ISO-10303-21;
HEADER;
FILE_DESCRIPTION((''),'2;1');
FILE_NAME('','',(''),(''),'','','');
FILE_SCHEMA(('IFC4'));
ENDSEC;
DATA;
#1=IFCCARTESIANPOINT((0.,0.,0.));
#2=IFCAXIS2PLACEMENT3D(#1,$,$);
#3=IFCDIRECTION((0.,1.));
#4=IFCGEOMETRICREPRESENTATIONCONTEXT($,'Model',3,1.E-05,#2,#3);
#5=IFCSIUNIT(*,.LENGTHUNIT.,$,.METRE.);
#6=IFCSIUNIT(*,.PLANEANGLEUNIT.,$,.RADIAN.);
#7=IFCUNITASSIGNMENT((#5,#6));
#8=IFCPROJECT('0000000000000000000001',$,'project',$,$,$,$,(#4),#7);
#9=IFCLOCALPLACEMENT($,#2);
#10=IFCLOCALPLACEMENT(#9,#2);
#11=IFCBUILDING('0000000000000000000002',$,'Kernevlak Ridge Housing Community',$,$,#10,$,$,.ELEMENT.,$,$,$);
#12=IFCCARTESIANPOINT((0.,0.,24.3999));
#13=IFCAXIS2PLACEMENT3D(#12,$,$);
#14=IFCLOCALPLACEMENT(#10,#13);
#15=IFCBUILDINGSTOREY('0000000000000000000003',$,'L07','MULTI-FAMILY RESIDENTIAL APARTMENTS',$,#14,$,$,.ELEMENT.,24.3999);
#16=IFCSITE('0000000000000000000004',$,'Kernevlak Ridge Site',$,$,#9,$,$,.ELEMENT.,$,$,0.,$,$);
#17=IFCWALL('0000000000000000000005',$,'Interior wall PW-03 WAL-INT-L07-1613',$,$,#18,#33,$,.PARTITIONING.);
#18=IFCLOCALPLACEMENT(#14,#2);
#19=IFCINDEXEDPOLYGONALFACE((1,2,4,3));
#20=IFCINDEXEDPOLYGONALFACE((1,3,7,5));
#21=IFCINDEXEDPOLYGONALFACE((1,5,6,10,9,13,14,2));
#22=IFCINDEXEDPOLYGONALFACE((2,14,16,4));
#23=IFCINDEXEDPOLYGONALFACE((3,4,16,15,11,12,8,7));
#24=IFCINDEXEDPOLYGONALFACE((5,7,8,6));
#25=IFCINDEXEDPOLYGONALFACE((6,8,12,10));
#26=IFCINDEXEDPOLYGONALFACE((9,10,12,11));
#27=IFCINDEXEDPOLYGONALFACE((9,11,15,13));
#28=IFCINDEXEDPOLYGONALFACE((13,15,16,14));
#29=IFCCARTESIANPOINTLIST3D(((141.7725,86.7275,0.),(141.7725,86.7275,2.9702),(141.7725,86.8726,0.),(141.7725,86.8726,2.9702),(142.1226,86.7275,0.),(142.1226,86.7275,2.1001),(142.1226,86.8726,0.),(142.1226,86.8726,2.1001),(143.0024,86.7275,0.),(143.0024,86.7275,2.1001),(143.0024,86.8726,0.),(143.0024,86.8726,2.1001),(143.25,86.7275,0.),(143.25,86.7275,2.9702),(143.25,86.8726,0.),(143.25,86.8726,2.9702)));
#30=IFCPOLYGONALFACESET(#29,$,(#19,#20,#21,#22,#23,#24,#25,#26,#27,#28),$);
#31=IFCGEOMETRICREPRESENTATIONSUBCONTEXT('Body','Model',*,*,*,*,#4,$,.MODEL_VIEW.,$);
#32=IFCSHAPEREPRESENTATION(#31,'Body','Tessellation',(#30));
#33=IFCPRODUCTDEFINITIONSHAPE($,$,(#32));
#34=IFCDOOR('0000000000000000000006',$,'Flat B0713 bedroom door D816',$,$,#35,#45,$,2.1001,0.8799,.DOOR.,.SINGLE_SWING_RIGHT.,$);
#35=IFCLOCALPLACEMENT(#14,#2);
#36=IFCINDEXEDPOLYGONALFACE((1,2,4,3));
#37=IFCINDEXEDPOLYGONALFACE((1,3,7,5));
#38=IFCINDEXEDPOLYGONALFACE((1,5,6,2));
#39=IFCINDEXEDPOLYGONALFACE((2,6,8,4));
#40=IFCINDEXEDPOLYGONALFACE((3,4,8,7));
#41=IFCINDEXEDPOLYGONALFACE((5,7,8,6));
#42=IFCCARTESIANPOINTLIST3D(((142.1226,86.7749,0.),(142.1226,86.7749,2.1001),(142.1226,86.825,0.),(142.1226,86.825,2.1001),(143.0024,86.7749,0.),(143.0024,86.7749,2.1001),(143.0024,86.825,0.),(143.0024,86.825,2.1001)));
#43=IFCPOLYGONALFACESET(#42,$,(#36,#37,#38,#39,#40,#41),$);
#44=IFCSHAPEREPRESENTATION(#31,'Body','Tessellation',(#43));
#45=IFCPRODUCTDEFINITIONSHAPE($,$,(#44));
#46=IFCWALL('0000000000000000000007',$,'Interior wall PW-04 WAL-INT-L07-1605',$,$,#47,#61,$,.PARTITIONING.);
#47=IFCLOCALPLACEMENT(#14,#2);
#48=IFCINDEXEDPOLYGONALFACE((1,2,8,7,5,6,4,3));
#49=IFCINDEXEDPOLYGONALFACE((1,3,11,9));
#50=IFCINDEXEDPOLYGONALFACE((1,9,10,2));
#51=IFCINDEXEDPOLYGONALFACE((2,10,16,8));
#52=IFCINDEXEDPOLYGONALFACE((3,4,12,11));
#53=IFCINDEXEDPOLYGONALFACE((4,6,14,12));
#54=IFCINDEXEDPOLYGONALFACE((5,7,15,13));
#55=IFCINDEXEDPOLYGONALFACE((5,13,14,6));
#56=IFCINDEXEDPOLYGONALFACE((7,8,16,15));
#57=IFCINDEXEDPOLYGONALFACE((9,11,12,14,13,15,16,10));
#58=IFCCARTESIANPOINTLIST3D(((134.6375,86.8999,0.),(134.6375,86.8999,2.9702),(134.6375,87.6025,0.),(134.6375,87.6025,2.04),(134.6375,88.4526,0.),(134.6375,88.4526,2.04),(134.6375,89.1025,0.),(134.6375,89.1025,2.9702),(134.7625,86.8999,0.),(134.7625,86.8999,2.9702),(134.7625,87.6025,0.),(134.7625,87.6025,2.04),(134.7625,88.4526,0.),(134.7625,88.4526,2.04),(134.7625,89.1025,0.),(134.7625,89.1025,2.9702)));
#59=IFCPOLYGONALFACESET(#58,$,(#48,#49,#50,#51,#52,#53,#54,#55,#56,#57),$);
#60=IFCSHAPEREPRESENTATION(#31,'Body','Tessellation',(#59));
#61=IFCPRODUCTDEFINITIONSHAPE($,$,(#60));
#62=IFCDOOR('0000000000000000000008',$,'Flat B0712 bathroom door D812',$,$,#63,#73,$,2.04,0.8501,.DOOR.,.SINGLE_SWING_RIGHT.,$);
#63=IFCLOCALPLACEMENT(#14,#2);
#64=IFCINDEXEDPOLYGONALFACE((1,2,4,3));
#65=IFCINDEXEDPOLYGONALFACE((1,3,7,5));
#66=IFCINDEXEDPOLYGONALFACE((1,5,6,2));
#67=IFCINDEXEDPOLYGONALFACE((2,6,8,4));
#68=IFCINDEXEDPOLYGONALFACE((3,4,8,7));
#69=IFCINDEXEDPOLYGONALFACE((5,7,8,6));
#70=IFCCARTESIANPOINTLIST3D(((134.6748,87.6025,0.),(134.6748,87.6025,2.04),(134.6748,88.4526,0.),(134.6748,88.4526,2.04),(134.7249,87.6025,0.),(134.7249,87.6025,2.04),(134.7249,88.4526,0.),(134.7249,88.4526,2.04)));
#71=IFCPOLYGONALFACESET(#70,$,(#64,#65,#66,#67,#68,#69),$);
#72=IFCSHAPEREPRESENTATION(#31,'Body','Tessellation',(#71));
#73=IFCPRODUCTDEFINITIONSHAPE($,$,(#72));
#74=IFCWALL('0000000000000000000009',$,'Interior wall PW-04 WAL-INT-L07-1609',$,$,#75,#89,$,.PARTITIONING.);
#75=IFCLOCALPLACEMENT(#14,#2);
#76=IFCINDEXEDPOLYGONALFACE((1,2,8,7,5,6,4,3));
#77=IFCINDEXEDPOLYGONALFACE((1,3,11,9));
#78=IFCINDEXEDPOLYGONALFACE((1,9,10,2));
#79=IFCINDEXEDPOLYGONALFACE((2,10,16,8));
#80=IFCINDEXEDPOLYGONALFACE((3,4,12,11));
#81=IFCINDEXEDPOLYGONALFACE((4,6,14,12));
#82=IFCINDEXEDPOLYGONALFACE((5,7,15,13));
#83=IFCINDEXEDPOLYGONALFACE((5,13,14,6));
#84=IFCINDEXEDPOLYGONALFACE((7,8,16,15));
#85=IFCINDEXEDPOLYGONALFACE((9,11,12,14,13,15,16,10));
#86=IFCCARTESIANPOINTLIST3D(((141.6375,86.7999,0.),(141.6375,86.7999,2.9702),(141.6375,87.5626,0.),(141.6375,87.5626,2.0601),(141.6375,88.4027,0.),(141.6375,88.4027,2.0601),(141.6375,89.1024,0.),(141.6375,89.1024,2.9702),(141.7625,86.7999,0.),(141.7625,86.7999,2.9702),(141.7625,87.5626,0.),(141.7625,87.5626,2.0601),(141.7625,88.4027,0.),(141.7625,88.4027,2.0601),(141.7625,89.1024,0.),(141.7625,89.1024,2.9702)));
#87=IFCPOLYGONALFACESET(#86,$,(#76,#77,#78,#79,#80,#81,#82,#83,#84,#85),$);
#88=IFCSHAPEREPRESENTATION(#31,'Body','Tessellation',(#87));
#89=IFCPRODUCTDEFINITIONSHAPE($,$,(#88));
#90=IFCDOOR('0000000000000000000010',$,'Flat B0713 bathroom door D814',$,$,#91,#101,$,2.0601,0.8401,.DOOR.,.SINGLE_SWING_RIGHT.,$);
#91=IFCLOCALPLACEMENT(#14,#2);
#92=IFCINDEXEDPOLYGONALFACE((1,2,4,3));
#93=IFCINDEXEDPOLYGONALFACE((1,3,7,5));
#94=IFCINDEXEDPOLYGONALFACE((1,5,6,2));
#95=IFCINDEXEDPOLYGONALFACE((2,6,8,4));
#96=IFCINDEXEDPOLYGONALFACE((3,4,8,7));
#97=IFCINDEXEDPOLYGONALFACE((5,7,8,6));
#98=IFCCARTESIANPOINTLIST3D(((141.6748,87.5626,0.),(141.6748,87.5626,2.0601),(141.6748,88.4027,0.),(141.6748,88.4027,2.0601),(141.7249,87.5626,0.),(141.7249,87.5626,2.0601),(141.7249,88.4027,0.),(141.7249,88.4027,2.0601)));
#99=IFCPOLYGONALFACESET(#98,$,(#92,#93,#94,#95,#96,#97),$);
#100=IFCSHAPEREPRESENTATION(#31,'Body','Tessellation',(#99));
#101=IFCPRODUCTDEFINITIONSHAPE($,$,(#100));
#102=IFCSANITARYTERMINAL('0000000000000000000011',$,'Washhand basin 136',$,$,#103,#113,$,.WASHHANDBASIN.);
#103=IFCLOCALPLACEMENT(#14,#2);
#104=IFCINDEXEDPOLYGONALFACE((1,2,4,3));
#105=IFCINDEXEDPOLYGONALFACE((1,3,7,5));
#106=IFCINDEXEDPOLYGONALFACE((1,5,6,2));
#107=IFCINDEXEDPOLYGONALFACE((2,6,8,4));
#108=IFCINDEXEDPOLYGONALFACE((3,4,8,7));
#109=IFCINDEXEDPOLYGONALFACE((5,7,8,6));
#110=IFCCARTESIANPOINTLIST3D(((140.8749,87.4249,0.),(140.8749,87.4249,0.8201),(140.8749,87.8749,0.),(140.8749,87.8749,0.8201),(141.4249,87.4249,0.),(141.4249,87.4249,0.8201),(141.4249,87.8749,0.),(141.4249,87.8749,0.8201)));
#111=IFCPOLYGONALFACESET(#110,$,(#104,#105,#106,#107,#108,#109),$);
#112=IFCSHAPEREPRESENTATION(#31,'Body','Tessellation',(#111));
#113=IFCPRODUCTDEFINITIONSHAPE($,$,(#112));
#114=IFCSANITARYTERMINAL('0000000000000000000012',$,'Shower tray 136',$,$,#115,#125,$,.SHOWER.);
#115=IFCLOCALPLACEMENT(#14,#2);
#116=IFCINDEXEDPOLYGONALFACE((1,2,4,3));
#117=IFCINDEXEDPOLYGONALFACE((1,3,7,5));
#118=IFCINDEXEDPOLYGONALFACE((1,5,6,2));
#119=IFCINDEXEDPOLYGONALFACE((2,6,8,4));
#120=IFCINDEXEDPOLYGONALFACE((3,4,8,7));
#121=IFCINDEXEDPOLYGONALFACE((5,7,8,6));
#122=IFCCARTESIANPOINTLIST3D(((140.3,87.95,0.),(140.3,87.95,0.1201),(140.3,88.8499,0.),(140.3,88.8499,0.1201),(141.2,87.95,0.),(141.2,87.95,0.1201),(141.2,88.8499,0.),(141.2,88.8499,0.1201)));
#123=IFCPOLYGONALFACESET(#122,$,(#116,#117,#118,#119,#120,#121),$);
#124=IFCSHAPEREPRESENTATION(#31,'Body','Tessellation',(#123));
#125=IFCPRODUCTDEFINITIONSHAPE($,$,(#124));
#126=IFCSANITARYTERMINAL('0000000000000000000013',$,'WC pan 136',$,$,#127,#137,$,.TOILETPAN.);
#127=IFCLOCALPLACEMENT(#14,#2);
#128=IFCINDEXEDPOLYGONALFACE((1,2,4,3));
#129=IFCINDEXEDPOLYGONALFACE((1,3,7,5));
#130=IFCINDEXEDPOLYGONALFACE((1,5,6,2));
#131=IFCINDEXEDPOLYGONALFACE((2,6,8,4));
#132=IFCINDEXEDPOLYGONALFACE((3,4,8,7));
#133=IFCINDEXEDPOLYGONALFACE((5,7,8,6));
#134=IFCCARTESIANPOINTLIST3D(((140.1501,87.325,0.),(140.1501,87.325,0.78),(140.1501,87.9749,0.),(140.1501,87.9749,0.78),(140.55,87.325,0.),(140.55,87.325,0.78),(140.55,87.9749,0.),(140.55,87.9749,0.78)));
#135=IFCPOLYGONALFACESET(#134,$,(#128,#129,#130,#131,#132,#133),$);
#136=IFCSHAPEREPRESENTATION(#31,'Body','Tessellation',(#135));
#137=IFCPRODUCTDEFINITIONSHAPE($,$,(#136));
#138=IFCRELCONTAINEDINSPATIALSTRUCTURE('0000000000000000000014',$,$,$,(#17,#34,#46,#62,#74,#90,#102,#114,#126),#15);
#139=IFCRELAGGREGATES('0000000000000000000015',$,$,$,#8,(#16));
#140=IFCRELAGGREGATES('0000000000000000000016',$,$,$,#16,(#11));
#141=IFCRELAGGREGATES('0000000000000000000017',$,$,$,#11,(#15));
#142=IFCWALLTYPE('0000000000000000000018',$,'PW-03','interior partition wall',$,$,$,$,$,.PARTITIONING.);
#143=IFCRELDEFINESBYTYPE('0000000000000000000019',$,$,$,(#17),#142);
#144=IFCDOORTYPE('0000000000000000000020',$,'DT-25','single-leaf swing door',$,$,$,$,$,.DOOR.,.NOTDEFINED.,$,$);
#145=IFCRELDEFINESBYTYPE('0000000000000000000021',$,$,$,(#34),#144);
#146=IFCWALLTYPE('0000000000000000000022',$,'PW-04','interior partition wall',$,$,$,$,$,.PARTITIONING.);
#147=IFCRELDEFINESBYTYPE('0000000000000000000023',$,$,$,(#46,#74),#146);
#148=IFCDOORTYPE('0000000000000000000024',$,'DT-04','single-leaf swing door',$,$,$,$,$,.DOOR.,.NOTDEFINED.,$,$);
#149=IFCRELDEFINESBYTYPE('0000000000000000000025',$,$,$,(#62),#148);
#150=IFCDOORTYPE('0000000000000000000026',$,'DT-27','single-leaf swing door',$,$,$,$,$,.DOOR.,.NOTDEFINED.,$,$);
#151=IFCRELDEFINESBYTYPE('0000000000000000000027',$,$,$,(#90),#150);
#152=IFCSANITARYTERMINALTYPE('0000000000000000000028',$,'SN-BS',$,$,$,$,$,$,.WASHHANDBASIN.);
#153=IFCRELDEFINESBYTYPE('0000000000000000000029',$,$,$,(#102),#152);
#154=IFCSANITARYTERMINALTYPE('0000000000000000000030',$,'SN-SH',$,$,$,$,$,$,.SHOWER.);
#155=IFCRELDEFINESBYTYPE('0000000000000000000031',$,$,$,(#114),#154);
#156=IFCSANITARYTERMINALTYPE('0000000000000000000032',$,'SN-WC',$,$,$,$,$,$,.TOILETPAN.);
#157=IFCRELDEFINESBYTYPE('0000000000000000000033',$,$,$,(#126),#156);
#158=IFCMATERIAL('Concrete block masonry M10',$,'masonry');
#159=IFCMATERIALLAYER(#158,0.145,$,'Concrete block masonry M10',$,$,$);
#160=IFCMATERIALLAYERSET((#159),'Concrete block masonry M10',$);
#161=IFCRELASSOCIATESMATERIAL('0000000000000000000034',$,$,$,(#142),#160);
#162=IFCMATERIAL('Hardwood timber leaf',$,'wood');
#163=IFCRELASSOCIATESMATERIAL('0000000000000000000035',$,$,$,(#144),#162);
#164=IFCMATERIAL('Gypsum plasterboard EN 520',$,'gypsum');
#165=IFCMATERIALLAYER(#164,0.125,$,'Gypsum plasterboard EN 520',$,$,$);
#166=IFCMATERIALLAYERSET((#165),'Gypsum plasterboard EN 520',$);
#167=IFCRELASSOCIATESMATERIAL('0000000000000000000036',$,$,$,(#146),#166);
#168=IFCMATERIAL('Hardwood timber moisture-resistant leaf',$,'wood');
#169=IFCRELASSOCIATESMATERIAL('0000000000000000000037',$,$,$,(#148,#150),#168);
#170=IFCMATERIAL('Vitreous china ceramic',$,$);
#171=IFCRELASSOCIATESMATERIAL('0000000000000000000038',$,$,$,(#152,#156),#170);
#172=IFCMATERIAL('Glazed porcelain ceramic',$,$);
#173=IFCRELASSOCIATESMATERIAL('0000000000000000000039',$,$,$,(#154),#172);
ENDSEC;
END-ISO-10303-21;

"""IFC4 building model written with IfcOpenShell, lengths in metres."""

from ifc_helpers import new_model, si_unit, direction, frame, frame_2d, origin, origin_2d, place, context, subcontext, project, spatial, rectangle, extrude, material, layer, layer_set, type_object, element, fill, save


model = new_model("IFC4")

# Units and contexts
model_context = context("Model", 3, precision=1e-05, world=origin(), true_north=direction((0.0, 1.0)))
body_context = subcontext(model_context, "Body", "Model", "MODEL_VIEW")
ifc_project = project(units=[si_unit("LENGTHUNIT", "METRE"), si_unit("PLANEANGLEUNIT", "RADIAN")], contexts=[model_context])

# Site, building, storey
site_placement = place(None, origin())
site = spatial("IfcSite", under=ifc_project, at=site_placement, Name="Kernevlak Ridge Site", CompositionType="ELEMENT", RefElevation=0.0)
building_placement = place(site_placement, origin())
building = spatial("IfcBuilding", under=site, at=building_placement, Name="Kernevlak Ridge Housing Community", CompositionType="ELEMENT")
storey_placement = place(building_placement, frame((0.0, 0.0, 24.3999)))
storey = spatial("IfcBuildingStorey", under=building, at=storey_placement, Name="L07", Description="MULTI-FAMILY RESIDENTIAL APARTMENTS", CompositionType="ELEMENT", Elevation=24.3999)

# Shared definitions
ifc_material_1 = material(Name="Concrete block masonry M10", Category="masonry")

# Walls, openings, doors
ifc_layer_1 = layer(ifc_material_1, 0.145, Name="Concrete block masonry M10")
ifc_layer_set_1 = layer_set([ifc_layer_1], Name="Concrete block masonry M10")
wall_type_1 = type_object("IfcWallType", Name="PW-03", Description="interior partition wall", PredefinedType="PARTITIONING", material=ifc_layer_set_1)
ifc_material_2 = material(Name="Hardwood timber leaf", Category="wood")
wall_1_placement = place(storey_placement, frame((141.7725, 86.8, 0.0), z_axis=(0.0, 0.0, 1.0), x_axis=(1.0, 0.0, 0.0)))
wall_1 = element("IfcWall", 1, at=wall_1_placement, inside=storey, type_object=wall_type_1, Name="Interior wall PW-03 WAL-INT-L07-1613", PredefinedType="PARTITIONING", context=body_context, shape_type="SweptSolid", body=[
    extrude(rectangle(XDim=1.4775, YDim=0.145, at=frame_2d((0.7388, 0.0))), origin(), (0.0, 0.0, 1.0), 2.9702),
])
opening_1_placement = place(wall_1_placement, frame((0.3501, 0.0, 0.0)))
opening_1 = element("IfcOpeningElement", 2, at=opening_1_placement, cuts=wall_1, PredefinedType="OPENING", context=body_context, shape_type="SweptSolid", body=[
    extrude(rectangle(XDim=0.8799, YDim=2.1001, at=frame_2d((0.4399, 1.05))), frame((0.0, 0.0825, 0.0), z_axis=(0.0, -1.0, 0.0), x_axis=(1.0, 0.0, 0.0)), (0.0, 0.0, 1.0), 0.165),
])
door_type_1 = type_object("IfcDoorType", Name="DT-25", Description="single-leaf swing door", OperationType="NOTDEFINED", PredefinedType="DOOR", material=ifc_material_2)
door_1_placement = place(opening_1_placement, origin())
door_1 = element("IfcDoor", 3, at=door_1_placement, inside=storey, type_object=door_type_1, Name="Flat B0713 bedroom door D816", OperationType="SINGLE_SWING_RIGHT", OverallHeight=2.1001, OverallWidth=0.8799, PredefinedType="DOOR", context=body_context, shape_type="SweptSolid", body=[
    extrude(rectangle(XDim=0.8799, YDim=2.1001, at=frame_2d((0.4399, 1.05))), frame((0.0, 0.0249, 0.0), z_axis=(0.0, -1.0, 0.0), x_axis=(1.0, 0.0, 0.0)), (0.0, 0.0, 1.0), 0.05),
])
fill(opening_1, door_1)
ifc_material_3 = material(Name="Gypsum plasterboard EN 520", Category="gypsum")
ifc_layer_2 = layer(ifc_material_3, 0.125, Name="Gypsum plasterboard EN 520")
ifc_layer_set_2 = layer_set([ifc_layer_2], Name="Gypsum plasterboard EN 520")
wall_type_2 = type_object("IfcWallType", Name="PW-04", Description="interior partition wall", PredefinedType="PARTITIONING", material=ifc_layer_set_2)
wall_2_placement = place(storey_placement, frame((134.7, 89.1025, 0.0), z_axis=(0.0, 0.0, 1.0), x_axis=(0.0, -1.0, 0.0)))
wall_2 = element("IfcWall", 4, at=wall_2_placement, inside=storey, type_object=wall_type_2, Name="Interior wall PW-04 WAL-INT-L07-1605", PredefinedType="PARTITIONING", context=body_context, shape_type="SweptSolid", body=[
    extrude(rectangle(XDim=2.2026, YDim=0.125, at=frame_2d((1.1013, 0.0))), origin(), (0.0, 0.0, 1.0), 2.9702),
])
opening_2_placement = place(wall_2_placement, frame((0.6499, 0.0, 0.0)))
opening_2 = element("IfcOpeningElement", 5, at=opening_2_placement, cuts=wall_2, PredefinedType="OPENING", context=body_context, shape_type="SweptSolid", body=[
    extrude(rectangle(XDim=0.8501, YDim=2.04, at=frame_2d((0.425, 1.02))), frame((0.0, 0.0725, 0.0), z_axis=(0.0, -1.0, 0.0), x_axis=(1.0, 0.0, 0.0)), (0.0, 0.0, 1.0), 0.145),
])
ifc_material_4 = material(Name="Hardwood timber moisture-resistant leaf", Category="wood")
door_type_2 = type_object("IfcDoorType", Name="DT-04", Description="single-leaf swing door", OperationType="NOTDEFINED", PredefinedType="DOOR", material=ifc_material_4)
door_2_placement = place(opening_2_placement, origin())
door_2 = element("IfcDoor", 6, at=door_2_placement, inside=storey, type_object=door_type_2, Name="Flat B0712 bathroom door D812", OperationType="SINGLE_SWING_RIGHT", OverallHeight=2.04, OverallWidth=0.8501, PredefinedType="DOOR", context=body_context, shape_type="SweptSolid", body=[
    extrude(rectangle(XDim=0.8501, YDim=2.04, at=frame_2d((0.425, 1.02))), frame((0.0, 0.0249, 0.0), z_axis=(0.0, -1.0, 0.0), x_axis=(1.0, 0.0, 0.0)), (0.0, 0.0, 1.0), 0.05),
])
fill(opening_2, door_2)
wall_3_placement = place(storey_placement, frame((141.7, 89.1025, 0.0), z_axis=(0.0, 0.0, 1.0), x_axis=(0.0, -1.0, 0.0)))
wall_3 = element("IfcWall", 7, at=wall_3_placement, inside=storey, type_object=wall_type_2, Name="Interior wall PW-04 WAL-INT-L07-1609", PredefinedType="PARTITIONING", context=body_context, shape_type="SweptSolid", body=[
    extrude(rectangle(XDim=2.3025, YDim=0.125, at=frame_2d((1.1514, 0.0))), origin(), (0.0, 0.0, 1.0), 2.9702),
])
opening_3_placement = place(wall_3_placement, frame((0.7, 0.0, 0.0)))
opening_3 = element("IfcOpeningElement", 8, at=opening_3_placement, cuts=wall_3, PredefinedType="OPENING", context=body_context, shape_type="SweptSolid", body=[
    extrude(rectangle(XDim=0.8401, YDim=2.0601, at=frame_2d((0.4199, 1.03))), frame((0.0, 0.0725, 0.0), z_axis=(0.0, -1.0, 0.0), x_axis=(1.0, 0.0, 0.0)), (0.0, 0.0, 1.0), 0.145),
])
door_type_3 = type_object("IfcDoorType", Name="DT-27", Description="single-leaf swing door", OperationType="NOTDEFINED", PredefinedType="DOOR", material=ifc_material_4)
door_3_placement = place(opening_3_placement, origin())
door_3 = element("IfcDoor", 9, at=door_3_placement, inside=storey, type_object=door_type_3, Name="Flat B0713 bathroom door D814", OperationType="SINGLE_SWING_RIGHT", OverallHeight=2.0601, OverallWidth=0.8401, PredefinedType="DOOR", context=body_context, shape_type="SweptSolid", body=[
    extrude(rectangle(XDim=0.8401, YDim=2.0601, at=frame_2d((0.4199, 1.03))), frame((0.0, 0.0249, 0.0), z_axis=(0.0, -1.0, 0.0), x_axis=(1.0, 0.0, 0.0)), (0.0, 0.0, 1.0), 0.05),
])
fill(opening_3, door_3)

# Sanitary terminals
ifc_material_5 = material(Name="Vitreous china ceramic")
sanitary_terminal_type_1 = type_object("IfcSanitaryTerminalType", Name="SN-BS", PredefinedType="WASHHANDBASIN", material=ifc_material_5)
sanitary_terminal_1_placement = place(storey_placement, frame((141.1499, 87.6499, 0.0), z_axis=(0.0, 0.0, 1.0), x_axis=(1.0, 0.0, 0.0)))
element("IfcSanitaryTerminal", 10, at=sanitary_terminal_1_placement, inside=storey, type_object=sanitary_terminal_type_1, Name="Washhand basin 136", PredefinedType="WASHHANDBASIN", context=body_context, shape_type="SweptSolid", body=[
    extrude(rectangle(XDim=0.55, YDim=0.45, at=origin_2d()), origin(), (0.0, 0.0, 1.0), 0.8201),
])
ifc_material_6 = material(Name="Glazed porcelain ceramic")
sanitary_terminal_type_2 = type_object("IfcSanitaryTerminalType", Name="SN-SH", PredefinedType="SHOWER", material=ifc_material_6)
sanitary_terminal_2_placement = place(storey_placement, frame((140.75, 88.3999, 0.0), z_axis=(0.0, 0.0, 1.0), x_axis=(1.0, 0.0, 0.0)))
element("IfcSanitaryTerminal", 11, at=sanitary_terminal_2_placement, inside=storey, type_object=sanitary_terminal_type_2, Name="Shower tray 136", PredefinedType="SHOWER", context=body_context, shape_type="SweptSolid", body=[
    extrude(rectangle(XDim=0.8999, YDim=0.8999, at=origin_2d()), origin(), (0.0, 0.0, 1.0), 0.1201),
])
sanitary_terminal_type_3 = type_object("IfcSanitaryTerminalType", Name="SN-WC", PredefinedType="TOILETPAN", material=ifc_material_5)
sanitary_terminal_3_placement = place(storey_placement, frame((140.3501, 87.6499, 0.0), z_axis=(0.0, 0.0, 1.0), x_axis=(1.0, 0.0, 0.0)))
element("IfcSanitaryTerminal", 12, at=sanitary_terminal_3_placement, inside=storey, type_object=sanitary_terminal_type_3, Name="WC pan 136", PredefinedType="TOILETPAN", context=body_context, shape_type="SweptSolid", body=[
    extrude(rectangle(XDim=0.3999, YDim=0.6499, at=origin_2d()), origin(), (0.0, 0.0, 1.0), 0.78),
])

save(model, "model.ifc")
